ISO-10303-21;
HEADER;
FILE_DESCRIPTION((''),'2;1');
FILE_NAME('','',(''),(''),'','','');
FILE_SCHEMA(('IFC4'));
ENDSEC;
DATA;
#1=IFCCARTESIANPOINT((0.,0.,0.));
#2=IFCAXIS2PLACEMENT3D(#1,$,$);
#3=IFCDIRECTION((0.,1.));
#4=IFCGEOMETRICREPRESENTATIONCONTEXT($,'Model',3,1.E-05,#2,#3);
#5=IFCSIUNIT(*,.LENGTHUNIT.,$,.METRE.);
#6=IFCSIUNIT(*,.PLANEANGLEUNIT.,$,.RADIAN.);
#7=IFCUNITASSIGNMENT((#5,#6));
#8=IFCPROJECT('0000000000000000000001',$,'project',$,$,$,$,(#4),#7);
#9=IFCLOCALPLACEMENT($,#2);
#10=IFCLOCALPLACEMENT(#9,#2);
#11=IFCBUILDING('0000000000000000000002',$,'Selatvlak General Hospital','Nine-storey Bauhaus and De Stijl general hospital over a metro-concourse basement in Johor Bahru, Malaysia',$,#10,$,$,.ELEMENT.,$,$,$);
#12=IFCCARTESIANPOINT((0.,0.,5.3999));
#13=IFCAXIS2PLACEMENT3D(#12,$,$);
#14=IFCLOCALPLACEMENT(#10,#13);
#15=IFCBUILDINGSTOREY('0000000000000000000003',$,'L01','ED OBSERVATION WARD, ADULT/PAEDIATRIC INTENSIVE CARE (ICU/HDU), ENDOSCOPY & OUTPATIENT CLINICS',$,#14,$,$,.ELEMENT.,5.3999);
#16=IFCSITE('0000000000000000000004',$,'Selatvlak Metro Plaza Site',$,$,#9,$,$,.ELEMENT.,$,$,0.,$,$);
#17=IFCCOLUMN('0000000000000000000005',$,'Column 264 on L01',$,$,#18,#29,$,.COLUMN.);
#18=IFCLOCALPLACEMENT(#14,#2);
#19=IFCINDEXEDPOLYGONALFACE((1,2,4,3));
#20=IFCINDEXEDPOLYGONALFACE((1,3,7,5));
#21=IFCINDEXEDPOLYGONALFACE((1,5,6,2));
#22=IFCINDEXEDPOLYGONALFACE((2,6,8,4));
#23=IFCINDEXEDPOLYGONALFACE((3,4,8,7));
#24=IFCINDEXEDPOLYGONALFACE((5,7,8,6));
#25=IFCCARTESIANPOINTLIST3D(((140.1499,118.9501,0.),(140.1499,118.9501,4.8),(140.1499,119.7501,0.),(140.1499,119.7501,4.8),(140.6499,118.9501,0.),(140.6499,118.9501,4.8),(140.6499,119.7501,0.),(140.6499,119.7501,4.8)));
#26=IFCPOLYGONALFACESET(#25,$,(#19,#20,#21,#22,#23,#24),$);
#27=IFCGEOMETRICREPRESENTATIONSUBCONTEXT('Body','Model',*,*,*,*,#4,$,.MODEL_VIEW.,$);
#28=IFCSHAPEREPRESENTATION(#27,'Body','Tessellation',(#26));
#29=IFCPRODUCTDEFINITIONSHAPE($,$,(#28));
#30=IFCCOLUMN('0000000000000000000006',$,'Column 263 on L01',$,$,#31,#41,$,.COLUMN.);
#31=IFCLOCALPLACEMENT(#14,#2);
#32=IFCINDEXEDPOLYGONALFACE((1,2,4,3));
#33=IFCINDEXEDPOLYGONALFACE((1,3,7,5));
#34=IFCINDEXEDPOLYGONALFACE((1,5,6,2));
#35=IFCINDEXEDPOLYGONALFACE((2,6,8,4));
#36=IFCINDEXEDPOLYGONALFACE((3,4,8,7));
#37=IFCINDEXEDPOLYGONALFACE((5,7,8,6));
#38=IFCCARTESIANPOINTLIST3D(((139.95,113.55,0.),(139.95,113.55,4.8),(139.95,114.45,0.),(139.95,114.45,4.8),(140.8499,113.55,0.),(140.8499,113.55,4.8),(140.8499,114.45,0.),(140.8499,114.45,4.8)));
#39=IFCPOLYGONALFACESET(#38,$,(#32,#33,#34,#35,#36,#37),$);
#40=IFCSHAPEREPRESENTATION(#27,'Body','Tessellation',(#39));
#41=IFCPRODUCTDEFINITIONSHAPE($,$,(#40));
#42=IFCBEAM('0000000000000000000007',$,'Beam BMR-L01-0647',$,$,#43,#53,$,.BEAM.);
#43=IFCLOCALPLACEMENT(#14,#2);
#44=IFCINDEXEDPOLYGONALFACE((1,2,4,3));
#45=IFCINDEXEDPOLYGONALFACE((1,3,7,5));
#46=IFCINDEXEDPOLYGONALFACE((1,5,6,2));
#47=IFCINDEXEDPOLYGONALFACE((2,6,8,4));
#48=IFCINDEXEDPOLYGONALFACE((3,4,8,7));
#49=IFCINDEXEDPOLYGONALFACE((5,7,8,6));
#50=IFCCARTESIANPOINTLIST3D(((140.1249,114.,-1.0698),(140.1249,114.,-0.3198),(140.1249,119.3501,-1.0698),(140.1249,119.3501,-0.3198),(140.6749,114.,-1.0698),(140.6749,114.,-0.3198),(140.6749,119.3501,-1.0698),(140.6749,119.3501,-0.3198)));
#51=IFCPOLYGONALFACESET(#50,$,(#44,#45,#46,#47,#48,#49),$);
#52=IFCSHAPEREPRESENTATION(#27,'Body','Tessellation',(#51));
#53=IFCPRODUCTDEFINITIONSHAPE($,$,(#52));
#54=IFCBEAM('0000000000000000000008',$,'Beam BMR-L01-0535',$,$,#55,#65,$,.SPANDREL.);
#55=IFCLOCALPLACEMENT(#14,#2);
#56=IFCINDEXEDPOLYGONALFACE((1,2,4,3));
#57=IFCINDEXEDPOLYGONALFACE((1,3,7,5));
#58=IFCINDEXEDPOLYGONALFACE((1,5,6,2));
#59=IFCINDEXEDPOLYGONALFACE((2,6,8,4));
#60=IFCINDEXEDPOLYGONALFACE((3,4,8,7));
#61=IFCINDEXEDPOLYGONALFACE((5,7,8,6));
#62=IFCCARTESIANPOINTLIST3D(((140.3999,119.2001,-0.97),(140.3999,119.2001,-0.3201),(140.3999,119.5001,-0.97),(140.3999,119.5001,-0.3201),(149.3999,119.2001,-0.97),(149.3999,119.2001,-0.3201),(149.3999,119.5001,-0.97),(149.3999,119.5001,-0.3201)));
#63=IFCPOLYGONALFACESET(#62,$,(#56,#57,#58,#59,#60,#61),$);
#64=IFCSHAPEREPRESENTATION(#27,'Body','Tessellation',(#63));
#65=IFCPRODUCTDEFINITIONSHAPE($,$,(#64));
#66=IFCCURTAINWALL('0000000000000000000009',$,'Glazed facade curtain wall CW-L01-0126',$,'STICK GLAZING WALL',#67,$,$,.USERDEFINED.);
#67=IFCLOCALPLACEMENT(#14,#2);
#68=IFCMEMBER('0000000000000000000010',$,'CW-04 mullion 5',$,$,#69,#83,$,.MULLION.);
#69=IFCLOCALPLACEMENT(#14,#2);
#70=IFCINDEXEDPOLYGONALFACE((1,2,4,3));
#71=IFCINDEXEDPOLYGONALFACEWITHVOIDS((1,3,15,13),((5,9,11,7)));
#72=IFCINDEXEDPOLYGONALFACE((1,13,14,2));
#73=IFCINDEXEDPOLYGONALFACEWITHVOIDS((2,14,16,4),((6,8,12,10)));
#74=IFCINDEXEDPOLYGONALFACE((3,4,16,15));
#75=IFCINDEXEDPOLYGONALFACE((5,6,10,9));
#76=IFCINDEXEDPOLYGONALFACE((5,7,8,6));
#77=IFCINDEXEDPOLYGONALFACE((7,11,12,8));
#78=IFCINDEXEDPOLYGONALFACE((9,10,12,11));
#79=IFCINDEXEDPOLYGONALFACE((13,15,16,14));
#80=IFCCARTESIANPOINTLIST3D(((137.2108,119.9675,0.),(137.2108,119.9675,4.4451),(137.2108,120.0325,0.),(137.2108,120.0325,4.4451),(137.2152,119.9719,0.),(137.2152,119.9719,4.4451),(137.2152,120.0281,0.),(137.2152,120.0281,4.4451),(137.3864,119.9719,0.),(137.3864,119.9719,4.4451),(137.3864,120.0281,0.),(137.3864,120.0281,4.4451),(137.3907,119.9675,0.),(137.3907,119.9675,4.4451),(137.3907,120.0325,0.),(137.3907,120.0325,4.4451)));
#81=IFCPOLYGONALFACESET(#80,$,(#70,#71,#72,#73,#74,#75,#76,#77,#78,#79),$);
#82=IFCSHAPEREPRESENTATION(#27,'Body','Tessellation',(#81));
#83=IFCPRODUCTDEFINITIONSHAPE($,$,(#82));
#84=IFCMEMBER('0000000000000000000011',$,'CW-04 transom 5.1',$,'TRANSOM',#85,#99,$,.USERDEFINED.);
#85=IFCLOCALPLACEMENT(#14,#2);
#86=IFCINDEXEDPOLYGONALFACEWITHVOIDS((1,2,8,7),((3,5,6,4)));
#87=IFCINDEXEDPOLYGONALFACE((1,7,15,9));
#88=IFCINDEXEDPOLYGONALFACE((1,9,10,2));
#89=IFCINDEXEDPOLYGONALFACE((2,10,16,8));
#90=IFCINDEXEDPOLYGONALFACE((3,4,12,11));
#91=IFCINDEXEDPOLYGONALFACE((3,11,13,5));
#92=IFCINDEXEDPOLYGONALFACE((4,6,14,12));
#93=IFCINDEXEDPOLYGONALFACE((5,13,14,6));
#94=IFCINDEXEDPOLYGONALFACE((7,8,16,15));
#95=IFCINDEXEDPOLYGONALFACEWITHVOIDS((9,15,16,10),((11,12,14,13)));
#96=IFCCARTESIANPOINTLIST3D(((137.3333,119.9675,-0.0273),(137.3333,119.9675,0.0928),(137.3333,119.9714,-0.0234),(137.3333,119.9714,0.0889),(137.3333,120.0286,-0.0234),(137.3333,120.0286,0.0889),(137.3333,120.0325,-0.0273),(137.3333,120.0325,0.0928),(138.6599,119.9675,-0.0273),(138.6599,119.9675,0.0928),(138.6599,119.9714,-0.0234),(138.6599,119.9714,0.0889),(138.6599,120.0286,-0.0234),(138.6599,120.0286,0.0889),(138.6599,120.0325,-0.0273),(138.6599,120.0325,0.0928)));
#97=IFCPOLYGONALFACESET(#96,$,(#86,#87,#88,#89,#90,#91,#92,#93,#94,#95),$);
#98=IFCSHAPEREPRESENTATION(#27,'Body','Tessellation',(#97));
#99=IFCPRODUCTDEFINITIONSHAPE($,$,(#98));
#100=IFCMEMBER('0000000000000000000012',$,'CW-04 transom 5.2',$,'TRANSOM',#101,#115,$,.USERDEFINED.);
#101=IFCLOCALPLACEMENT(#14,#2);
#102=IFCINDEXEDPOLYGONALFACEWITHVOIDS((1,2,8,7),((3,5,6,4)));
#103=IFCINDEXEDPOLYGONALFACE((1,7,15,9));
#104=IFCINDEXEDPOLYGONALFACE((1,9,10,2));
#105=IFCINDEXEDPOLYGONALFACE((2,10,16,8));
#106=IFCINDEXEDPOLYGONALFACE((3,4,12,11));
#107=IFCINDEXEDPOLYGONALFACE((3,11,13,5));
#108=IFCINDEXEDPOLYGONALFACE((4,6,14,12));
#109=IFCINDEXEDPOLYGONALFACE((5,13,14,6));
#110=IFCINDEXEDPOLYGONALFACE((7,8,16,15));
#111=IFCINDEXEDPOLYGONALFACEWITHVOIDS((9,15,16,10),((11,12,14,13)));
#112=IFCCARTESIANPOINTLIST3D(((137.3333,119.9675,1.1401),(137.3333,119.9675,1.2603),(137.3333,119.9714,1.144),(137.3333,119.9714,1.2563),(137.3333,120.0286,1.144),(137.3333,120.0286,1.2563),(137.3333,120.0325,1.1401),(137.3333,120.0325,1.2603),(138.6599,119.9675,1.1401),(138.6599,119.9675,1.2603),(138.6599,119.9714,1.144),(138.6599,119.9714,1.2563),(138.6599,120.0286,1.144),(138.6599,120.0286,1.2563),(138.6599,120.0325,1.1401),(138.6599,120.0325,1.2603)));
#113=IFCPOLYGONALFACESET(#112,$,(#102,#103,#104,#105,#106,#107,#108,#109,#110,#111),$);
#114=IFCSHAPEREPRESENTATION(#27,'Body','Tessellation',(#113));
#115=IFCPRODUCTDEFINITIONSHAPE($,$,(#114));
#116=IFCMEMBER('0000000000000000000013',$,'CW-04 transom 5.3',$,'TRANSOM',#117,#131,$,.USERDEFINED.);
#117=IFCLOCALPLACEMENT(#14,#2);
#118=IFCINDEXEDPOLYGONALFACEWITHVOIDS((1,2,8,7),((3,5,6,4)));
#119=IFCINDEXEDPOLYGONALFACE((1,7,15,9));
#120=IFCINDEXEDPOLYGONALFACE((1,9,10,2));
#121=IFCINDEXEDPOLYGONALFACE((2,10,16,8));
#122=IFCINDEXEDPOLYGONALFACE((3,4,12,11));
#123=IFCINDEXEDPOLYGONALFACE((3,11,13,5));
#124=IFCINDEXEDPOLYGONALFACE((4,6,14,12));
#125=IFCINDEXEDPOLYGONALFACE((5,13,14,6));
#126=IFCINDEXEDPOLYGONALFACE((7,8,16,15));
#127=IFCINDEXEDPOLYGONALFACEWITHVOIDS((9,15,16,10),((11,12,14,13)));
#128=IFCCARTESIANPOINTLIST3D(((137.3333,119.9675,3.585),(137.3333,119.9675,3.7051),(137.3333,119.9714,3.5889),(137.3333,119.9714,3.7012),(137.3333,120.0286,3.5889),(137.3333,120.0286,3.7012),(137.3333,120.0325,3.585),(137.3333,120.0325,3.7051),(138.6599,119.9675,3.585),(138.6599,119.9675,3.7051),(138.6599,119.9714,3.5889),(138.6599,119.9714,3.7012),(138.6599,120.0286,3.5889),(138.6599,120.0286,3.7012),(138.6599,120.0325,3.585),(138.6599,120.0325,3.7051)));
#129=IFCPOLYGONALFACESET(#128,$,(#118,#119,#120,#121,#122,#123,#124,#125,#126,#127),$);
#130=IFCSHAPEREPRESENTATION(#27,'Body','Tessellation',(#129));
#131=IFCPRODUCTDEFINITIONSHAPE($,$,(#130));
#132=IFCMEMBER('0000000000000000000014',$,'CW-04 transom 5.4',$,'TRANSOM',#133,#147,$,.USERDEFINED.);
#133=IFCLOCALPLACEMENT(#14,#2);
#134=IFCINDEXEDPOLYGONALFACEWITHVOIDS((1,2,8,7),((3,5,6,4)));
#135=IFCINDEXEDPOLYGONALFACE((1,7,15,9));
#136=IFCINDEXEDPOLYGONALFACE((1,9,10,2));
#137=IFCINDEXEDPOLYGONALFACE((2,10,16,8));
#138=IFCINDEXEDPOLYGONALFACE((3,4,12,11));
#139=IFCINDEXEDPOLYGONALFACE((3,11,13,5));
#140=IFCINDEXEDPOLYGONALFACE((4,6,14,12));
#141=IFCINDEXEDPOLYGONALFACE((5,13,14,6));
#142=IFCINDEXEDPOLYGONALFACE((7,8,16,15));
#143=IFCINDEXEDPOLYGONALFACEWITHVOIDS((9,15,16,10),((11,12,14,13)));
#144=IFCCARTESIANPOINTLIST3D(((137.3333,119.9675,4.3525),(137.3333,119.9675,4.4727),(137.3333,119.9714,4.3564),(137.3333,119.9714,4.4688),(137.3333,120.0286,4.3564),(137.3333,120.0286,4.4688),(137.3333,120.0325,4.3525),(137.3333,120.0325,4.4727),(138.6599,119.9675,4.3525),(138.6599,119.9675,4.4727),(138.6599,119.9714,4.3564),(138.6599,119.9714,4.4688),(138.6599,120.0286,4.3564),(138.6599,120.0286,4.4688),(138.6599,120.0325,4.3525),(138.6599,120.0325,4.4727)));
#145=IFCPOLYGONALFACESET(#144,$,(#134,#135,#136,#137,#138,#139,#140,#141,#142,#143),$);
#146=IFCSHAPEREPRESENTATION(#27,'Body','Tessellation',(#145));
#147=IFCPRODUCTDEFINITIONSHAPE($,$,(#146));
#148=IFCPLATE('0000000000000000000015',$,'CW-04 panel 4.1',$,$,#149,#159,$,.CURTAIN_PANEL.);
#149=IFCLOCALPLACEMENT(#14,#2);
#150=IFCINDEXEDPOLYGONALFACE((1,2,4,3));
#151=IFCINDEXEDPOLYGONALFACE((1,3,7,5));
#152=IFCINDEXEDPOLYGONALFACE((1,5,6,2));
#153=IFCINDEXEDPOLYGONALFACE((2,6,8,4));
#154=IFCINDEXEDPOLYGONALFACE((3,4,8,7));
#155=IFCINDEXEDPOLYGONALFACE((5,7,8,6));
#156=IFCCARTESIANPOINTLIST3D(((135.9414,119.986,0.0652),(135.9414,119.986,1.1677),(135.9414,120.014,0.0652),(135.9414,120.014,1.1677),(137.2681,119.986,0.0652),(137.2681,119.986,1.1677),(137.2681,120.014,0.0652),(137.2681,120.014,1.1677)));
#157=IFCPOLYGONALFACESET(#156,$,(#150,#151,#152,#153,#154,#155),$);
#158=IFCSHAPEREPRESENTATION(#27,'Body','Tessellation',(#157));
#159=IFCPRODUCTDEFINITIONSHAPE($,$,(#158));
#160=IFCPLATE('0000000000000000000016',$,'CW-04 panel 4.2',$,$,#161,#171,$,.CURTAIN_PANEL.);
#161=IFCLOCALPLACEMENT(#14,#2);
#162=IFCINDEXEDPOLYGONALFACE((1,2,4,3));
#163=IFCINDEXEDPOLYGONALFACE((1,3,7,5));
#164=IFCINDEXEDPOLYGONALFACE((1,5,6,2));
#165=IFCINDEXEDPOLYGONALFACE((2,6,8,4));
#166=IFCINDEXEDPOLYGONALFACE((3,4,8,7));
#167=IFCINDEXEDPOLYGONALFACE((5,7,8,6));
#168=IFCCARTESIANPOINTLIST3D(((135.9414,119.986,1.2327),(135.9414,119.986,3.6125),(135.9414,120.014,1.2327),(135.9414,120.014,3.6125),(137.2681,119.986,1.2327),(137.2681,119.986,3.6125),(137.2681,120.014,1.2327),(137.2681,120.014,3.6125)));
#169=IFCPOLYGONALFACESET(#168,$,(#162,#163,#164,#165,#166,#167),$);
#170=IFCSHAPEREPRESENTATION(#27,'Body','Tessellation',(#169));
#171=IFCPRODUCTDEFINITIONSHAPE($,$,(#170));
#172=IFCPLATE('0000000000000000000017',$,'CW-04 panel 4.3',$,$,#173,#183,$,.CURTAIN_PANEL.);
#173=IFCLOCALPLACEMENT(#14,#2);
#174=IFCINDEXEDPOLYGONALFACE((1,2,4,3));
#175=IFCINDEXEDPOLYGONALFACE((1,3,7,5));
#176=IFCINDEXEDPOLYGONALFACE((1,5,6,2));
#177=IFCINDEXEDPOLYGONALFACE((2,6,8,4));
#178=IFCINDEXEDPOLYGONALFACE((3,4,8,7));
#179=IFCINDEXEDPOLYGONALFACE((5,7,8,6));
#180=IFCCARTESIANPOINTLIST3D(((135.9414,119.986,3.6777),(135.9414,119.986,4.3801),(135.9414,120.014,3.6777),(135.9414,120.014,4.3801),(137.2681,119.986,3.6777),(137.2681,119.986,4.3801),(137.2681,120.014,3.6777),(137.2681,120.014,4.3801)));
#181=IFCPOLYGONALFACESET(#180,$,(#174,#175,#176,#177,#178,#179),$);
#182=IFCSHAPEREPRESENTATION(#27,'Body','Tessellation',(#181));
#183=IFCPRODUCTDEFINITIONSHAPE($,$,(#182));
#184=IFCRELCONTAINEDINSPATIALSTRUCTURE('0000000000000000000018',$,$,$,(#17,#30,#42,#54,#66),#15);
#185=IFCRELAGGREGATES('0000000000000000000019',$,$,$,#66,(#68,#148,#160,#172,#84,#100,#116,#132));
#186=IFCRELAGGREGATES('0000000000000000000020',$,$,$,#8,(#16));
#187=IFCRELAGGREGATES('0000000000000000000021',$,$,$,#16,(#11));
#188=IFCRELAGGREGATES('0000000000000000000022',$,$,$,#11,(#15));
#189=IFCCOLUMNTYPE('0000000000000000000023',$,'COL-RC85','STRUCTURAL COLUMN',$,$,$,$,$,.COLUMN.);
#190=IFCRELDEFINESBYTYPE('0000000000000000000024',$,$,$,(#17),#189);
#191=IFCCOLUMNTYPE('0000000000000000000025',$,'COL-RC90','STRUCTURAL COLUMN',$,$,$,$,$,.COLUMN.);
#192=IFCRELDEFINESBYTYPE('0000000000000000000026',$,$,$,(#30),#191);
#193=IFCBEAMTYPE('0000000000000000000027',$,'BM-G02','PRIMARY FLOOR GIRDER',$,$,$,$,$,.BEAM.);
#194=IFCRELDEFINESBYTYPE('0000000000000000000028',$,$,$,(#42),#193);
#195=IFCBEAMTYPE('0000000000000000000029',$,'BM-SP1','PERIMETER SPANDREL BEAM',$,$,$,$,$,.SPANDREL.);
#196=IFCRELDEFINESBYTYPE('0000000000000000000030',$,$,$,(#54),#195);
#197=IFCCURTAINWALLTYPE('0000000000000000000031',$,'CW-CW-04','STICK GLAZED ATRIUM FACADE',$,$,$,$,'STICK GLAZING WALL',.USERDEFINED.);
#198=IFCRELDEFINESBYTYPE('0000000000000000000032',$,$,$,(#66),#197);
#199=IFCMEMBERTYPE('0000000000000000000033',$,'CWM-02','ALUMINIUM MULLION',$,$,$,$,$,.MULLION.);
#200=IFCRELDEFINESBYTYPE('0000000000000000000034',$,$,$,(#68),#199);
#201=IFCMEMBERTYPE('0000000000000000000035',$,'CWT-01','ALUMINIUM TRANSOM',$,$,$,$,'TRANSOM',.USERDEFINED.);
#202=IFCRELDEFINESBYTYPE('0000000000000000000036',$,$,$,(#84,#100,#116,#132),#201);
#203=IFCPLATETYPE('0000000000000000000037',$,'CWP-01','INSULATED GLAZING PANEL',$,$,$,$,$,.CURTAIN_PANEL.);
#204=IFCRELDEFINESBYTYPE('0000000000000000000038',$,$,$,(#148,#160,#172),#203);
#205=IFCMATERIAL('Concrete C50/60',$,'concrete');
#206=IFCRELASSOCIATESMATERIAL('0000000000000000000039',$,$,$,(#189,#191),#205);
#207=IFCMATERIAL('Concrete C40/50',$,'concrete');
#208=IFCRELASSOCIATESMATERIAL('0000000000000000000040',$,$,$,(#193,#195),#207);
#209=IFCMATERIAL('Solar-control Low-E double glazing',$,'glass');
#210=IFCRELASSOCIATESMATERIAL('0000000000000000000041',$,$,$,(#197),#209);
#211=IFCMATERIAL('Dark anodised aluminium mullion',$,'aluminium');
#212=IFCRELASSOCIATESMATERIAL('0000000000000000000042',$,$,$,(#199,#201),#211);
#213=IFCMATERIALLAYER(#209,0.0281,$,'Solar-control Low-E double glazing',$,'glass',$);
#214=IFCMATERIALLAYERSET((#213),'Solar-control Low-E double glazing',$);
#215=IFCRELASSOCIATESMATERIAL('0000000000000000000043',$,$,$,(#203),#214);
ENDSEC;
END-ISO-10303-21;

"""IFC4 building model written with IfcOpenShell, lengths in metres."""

from ifc_helpers import new_model, si_unit, direction, frame, origin, origin_2d, place, context, subcontext, project, spatial, rectangle, hollow_rectangle, extrude, material, layer, layer_set, material_profile, profile_set, type_object, element, aggregate, save


model = new_model("IFC4")

# Units and contexts
model_context = context("Model", 3, precision=1e-05, world=origin(), true_north=direction((0.0, 1.0)))
body_context = subcontext(model_context, "Body", "Model", "MODEL_VIEW")
ifc_project = project(units=[si_unit("LENGTHUNIT", "METRE"), si_unit("PLANEANGLEUNIT", "RADIAN")], contexts=[model_context])

# Site, building, storey
site_placement = place(None, origin())
site = spatial("IfcSite", under=ifc_project, at=site_placement, Name="Selatvlak Metro Plaza Site", CompositionType="ELEMENT", RefElevation=0.0)
building_placement = place(site_placement, origin())
building = spatial("IfcBuilding", under=site, at=building_placement, Name="Selatvlak General Hospital", Description="Nine-storey Bauhaus and De Stijl general hospital over a metro-concourse basement in Johor Bahru, Malaysia", CompositionType="ELEMENT")
storey_placement = place(building_placement, frame((0.0, 0.0, 5.3999)))
storey = spatial("IfcBuildingStorey", under=building, at=storey_placement, Name="L01", Description="ED OBSERVATION WARD, ADULT/PAEDIATRIC INTENSIVE CARE (ICU/HDU), ENDOSCOPY & OUTPATIENT CLINICS", CompositionType="ELEMENT", Elevation=5.3999)

# Columns
ifc_material_1 = material(Name="Concrete C50/60", Category="concrete")
ifc_material_profile_1 = material_profile(ifc_material_1, rectangle(XDim=0.5, YDim=0.8, at=origin_2d()), Name="RC-COL 800x500")
ifc_profile_set_1 = profile_set([ifc_material_profile_1], Name="Concrete C50/60")
column_type_1 = type_object("IfcColumnType", Name="COL-RC85", Description="STRUCTURAL COLUMN", PredefinedType="COLUMN", material=ifc_profile_set_1)
column_1_placement = place(storey_placement, frame((140.3999, 119.3501, 0.0), z_axis=(0.0, 0.0, 1.0), x_axis=(1.0, 0.0, 0.0)))
element("IfcColumn", 1, at=column_1_placement, inside=storey, type_object=column_type_1, Name="Column 264 on L01", PredefinedType="COLUMN", context=body_context, shape_type="SweptSolid", body=[
    extrude(rectangle(XDim=0.5, YDim=0.8, at=origin_2d()), origin(), (0.0, 0.0, 1.0), 4.8),
])
ifc_material_profile_2 = material_profile(ifc_material_1, rectangle(XDim=0.8999, YDim=0.8999, at=origin_2d()), Name="RC-COL 900x900")
ifc_profile_set_2 = profile_set([ifc_material_profile_2], Name="Concrete C50/60")
column_type_2 = type_object("IfcColumnType", Name="COL-RC90", Description="STRUCTURAL COLUMN", PredefinedType="COLUMN", material=ifc_profile_set_2)
column_2_placement = place(storey_placement, frame((140.3999, 114.0, 0.0), z_axis=(0.0, 0.0, 1.0), x_axis=(1.0, 0.0, 0.0)))
element("IfcColumn", 2, at=column_2_placement, inside=storey, type_object=column_type_2, Name="Column 263 on L01", PredefinedType="COLUMN", context=body_context, shape_type="SweptSolid", body=[
    extrude(rectangle(XDim=0.8999, YDim=0.8999, at=origin_2d()), origin(), (0.0, 0.0, 1.0), 4.8),
])

# Beams
ifc_material_2 = material(Name="Concrete C40/50", Category="concrete")
ifc_material_profile_3 = material_profile(ifc_material_2, rectangle(XDim=0.55, YDim=0.75, at=origin_2d()), Name="RC-BM 550x750")
ifc_profile_set_3 = profile_set([ifc_material_profile_3], Name="Concrete C40/50")
beam_type_1 = type_object("IfcBeamType", Name="BM-G02", Description="PRIMARY FLOOR GIRDER", PredefinedType="BEAM", material=ifc_profile_set_3)
beam_1_placement = place(storey_placement, frame((140.3999, 114.0, -0.6948), z_axis=(0.0, 1.0, 0.0), x_axis=(-1.0, 0.0, 0.0)))
element("IfcBeam", 3, at=beam_1_placement, inside=storey, type_object=beam_type_1, Name="Beam BMR-L01-0647", PredefinedType="BEAM", context=body_context, shape_type="SweptSolid", body=[
    extrude(rectangle(XDim=0.55, YDim=0.75, at=origin_2d()), origin(), (0.0, 0.0, 1.0), 5.3501),
])
ifc_material_profile_4 = material_profile(ifc_material_2, rectangle(XDim=0.3, YDim=0.6499, at=origin_2d()), Name="RC-SP 300x650")
ifc_profile_set_4 = profile_set([ifc_material_profile_4], Name="Concrete C40/50")
beam_type_2 = type_object("IfcBeamType", Name="BM-SP1", Description="PERIMETER SPANDREL BEAM", PredefinedType="SPANDREL", material=ifc_profile_set_4)
beam_2_placement = place(storey_placement, frame((140.3999, 119.3501, -0.645), z_axis=(1.0, 0.0, 0.0), x_axis=(0.0, 1.0, 0.0)))
element("IfcBeam", 4, at=beam_2_placement, inside=storey, type_object=beam_type_2, Name="Beam BMR-L01-0535", PredefinedType="SPANDREL", context=body_context, shape_type="SweptSolid", body=[
    extrude(rectangle(XDim=0.3, YDim=0.6499, at=origin_2d()), origin(), (0.0, 0.0, 1.0), 9.0),
])

# Curtain wall, members, plates
ifc_material_3 = material(Name="Solar-control Low-E double glazing", Category="glass")
curtain_wall_type = type_object("IfcCurtainWallType", Name="CW-CW-04", Description="STICK GLAZED ATRIUM FACADE", ElementType="STICK GLAZING WALL", PredefinedType="USERDEFINED", material=ifc_material_3)
curtain_wall_placement = place(storey_placement, origin())
curtain_wall = element("IfcCurtainWall", 5, at=curtain_wall_placement, inside=storey, type_object=curtain_wall_type, Name="Glazed facade curtain wall CW-L01-0126", ObjectType="STICK GLAZING WALL", PredefinedType="USERDEFINED")
ifc_material_4 = material(Name="Dark anodised aluminium mullion", Category="aluminium")
ifc_material_profile_5 = material_profile(ifc_material_4, hollow_rectangle(XDim=0.0649, YDim=0.1799, WallThickness=0.0044, at=origin_2d()), Name="AL-MUL 65x180x4.5")
ifc_profile_set_5 = profile_set([ifc_material_profile_5], Name="Dark anodised aluminium mullion")
member_type_1 = type_object("IfcMemberType", Name="CWM-02", Description="ALUMINIUM MULLION", PredefinedType="MULLION", material=ifc_profile_set_5)
member_1_placement = place(storey_placement, frame((137.3008, 120.0, 0.0), z_axis=(0.0, 0.0, 1.0), x_axis=(0.0, 1.0, 0.0)))
member_1 = element("IfcMember", 6, at=member_1_placement, type_object=member_type_1, Name="CW-04 mullion 5", PredefinedType="MULLION", context=body_context, shape_type="SweptSolid", body=[
    extrude(hollow_rectangle(XDim=0.0649, YDim=0.1799, WallThickness=0.0044, at=origin_2d()), origin(), (0.0, 0.0, 1.0), 4.4451),
])
ifc_material_profile_6 = material_profile(ifc_material_4, hollow_rectangle(XDim=0.0649, YDim=0.1201, WallThickness=0.0039, at=origin_2d()), Name="AL-TRN 65x120x4")
ifc_profile_set_6 = profile_set([ifc_material_profile_6], Name="Dark anodised aluminium mullion")
member_type_2 = type_object("IfcMemberType", Name="CWT-01", Description="ALUMINIUM TRANSOM", ElementType="TRANSOM", PredefinedType="USERDEFINED", material=ifc_profile_set_6)
member_2_placement = place(storey_placement, frame((137.3333, 120.0, 0.0327), z_axis=(1.0, 0.0, 0.0), x_axis=(0.0, 1.0, 0.0)))
member_2 = element("IfcMember", 7, at=member_2_placement, type_object=member_type_2, Name="CW-04 transom 5.1", ObjectType="TRANSOM", PredefinedType="USERDEFINED", context=body_context, shape_type="SweptSolid", body=[
    extrude(hollow_rectangle(XDim=0.0649, YDim=0.1201, WallThickness=0.0039, at=origin_2d()), origin(), (0.0, 0.0, 1.0), 1.3267),
])
member_3_placement = place(storey_placement, frame((137.3333, 120.0, 1.2002), z_axis=(1.0, 0.0, 0.0), x_axis=(0.0, 1.0, 0.0)))
member_3 = element("IfcMember", 8, at=member_3_placement, type_object=member_type_2, Name="CW-04 transom 5.2", ObjectType="TRANSOM", PredefinedType="USERDEFINED", context=body_context, shape_type="SweptSolid", body=[
    extrude(hollow_rectangle(XDim=0.0649, YDim=0.1201, WallThickness=0.0039, at=origin_2d()), origin(), (0.0, 0.0, 1.0), 1.3267),
])
member_4_placement = place(storey_placement, frame((137.3333, 120.0, 3.645), z_axis=(1.0, 0.0, 0.0), x_axis=(0.0, 1.0, 0.0)))
member_4 = element("IfcMember", 9, at=member_4_placement, type_object=member_type_2, Name="CW-04 transom 5.3", ObjectType="TRANSOM", PredefinedType="USERDEFINED", context=body_context, shape_type="SweptSolid", body=[
    extrude(hollow_rectangle(XDim=0.0649, YDim=0.1201, WallThickness=0.0039, at=origin_2d()), origin(), (0.0, 0.0, 1.0), 1.3267),
])
member_5_placement = place(storey_placement, frame((137.3333, 120.0, 4.4126), z_axis=(1.0, 0.0, 0.0), x_axis=(0.0, 1.0, 0.0)))
member_5 = element("IfcMember", 10, at=member_5_placement, type_object=member_type_2, Name="CW-04 transom 5.4", ObjectType="TRANSOM", PredefinedType="USERDEFINED", context=body_context, shape_type="SweptSolid", body=[
    extrude(hollow_rectangle(XDim=0.0649, YDim=0.1201, WallThickness=0.0039, at=origin_2d()), origin(), (0.0, 0.0, 1.0), 1.3267),
])
ifc_layer_1 = layer(ifc_material_3, 0.0281, Name="Solar-control Low-E double glazing", Category="glass")
ifc_layer_set_1 = layer_set([ifc_layer_1], Name="Solar-control Low-E double glazing")
plate_type = type_object("IfcPlateType", Name="CWP-01", Description="INSULATED GLAZING PANEL", PredefinedType="CURTAIN_PANEL", material=ifc_layer_set_1)
plate_1_placement = place(storey_placement, frame((136.6047, 120.0, 0.0652), z_axis=(0.0, 0.0, 1.0), x_axis=(1.0, 0.0, 0.0)))
plate_1 = element("IfcPlate", 11, at=plate_1_placement, type_object=plate_type, Name="CW-04 panel 4.1", PredefinedType="CURTAIN_PANEL", context=body_context, shape_type="SweptSolid", body=[
    extrude(rectangle(XDim=1.3267, YDim=0.0281, at=origin_2d()), origin(), (0.0, 0.0, 1.0), 1.1025),
])
plate_2_placement = place(storey_placement, frame((136.6047, 120.0, 1.2327), z_axis=(0.0, 0.0, 1.0), x_axis=(1.0, 0.0, 0.0)))
plate_2 = element("IfcPlate", 12, at=plate_2_placement, type_object=plate_type, Name="CW-04 panel 4.2", PredefinedType="CURTAIN_PANEL", context=body_context, shape_type="SweptSolid", body=[
    extrude(rectangle(XDim=1.3267, YDim=0.0281, at=origin_2d()), origin(), (0.0, 0.0, 1.0), 2.3799),
])
plate_3_placement = place(storey_placement, frame((136.6047, 120.0, 3.6777), z_axis=(0.0, 0.0, 1.0), x_axis=(1.0, 0.0, 0.0)))
plate_3 = element("IfcPlate", 13, at=plate_3_placement, type_object=plate_type, Name="CW-04 panel 4.3", PredefinedType="CURTAIN_PANEL", context=body_context, shape_type="SweptSolid", body=[
    extrude(rectangle(XDim=1.3267, YDim=0.0281, at=origin_2d()), origin(), (0.0, 0.0, 1.0), 0.7024),
])
aggregate(curtain_wall, [member_1, plate_1, plate_2, plate_3, member_2, member_3, member_4, member_5])

save(model, "model.ifc")
